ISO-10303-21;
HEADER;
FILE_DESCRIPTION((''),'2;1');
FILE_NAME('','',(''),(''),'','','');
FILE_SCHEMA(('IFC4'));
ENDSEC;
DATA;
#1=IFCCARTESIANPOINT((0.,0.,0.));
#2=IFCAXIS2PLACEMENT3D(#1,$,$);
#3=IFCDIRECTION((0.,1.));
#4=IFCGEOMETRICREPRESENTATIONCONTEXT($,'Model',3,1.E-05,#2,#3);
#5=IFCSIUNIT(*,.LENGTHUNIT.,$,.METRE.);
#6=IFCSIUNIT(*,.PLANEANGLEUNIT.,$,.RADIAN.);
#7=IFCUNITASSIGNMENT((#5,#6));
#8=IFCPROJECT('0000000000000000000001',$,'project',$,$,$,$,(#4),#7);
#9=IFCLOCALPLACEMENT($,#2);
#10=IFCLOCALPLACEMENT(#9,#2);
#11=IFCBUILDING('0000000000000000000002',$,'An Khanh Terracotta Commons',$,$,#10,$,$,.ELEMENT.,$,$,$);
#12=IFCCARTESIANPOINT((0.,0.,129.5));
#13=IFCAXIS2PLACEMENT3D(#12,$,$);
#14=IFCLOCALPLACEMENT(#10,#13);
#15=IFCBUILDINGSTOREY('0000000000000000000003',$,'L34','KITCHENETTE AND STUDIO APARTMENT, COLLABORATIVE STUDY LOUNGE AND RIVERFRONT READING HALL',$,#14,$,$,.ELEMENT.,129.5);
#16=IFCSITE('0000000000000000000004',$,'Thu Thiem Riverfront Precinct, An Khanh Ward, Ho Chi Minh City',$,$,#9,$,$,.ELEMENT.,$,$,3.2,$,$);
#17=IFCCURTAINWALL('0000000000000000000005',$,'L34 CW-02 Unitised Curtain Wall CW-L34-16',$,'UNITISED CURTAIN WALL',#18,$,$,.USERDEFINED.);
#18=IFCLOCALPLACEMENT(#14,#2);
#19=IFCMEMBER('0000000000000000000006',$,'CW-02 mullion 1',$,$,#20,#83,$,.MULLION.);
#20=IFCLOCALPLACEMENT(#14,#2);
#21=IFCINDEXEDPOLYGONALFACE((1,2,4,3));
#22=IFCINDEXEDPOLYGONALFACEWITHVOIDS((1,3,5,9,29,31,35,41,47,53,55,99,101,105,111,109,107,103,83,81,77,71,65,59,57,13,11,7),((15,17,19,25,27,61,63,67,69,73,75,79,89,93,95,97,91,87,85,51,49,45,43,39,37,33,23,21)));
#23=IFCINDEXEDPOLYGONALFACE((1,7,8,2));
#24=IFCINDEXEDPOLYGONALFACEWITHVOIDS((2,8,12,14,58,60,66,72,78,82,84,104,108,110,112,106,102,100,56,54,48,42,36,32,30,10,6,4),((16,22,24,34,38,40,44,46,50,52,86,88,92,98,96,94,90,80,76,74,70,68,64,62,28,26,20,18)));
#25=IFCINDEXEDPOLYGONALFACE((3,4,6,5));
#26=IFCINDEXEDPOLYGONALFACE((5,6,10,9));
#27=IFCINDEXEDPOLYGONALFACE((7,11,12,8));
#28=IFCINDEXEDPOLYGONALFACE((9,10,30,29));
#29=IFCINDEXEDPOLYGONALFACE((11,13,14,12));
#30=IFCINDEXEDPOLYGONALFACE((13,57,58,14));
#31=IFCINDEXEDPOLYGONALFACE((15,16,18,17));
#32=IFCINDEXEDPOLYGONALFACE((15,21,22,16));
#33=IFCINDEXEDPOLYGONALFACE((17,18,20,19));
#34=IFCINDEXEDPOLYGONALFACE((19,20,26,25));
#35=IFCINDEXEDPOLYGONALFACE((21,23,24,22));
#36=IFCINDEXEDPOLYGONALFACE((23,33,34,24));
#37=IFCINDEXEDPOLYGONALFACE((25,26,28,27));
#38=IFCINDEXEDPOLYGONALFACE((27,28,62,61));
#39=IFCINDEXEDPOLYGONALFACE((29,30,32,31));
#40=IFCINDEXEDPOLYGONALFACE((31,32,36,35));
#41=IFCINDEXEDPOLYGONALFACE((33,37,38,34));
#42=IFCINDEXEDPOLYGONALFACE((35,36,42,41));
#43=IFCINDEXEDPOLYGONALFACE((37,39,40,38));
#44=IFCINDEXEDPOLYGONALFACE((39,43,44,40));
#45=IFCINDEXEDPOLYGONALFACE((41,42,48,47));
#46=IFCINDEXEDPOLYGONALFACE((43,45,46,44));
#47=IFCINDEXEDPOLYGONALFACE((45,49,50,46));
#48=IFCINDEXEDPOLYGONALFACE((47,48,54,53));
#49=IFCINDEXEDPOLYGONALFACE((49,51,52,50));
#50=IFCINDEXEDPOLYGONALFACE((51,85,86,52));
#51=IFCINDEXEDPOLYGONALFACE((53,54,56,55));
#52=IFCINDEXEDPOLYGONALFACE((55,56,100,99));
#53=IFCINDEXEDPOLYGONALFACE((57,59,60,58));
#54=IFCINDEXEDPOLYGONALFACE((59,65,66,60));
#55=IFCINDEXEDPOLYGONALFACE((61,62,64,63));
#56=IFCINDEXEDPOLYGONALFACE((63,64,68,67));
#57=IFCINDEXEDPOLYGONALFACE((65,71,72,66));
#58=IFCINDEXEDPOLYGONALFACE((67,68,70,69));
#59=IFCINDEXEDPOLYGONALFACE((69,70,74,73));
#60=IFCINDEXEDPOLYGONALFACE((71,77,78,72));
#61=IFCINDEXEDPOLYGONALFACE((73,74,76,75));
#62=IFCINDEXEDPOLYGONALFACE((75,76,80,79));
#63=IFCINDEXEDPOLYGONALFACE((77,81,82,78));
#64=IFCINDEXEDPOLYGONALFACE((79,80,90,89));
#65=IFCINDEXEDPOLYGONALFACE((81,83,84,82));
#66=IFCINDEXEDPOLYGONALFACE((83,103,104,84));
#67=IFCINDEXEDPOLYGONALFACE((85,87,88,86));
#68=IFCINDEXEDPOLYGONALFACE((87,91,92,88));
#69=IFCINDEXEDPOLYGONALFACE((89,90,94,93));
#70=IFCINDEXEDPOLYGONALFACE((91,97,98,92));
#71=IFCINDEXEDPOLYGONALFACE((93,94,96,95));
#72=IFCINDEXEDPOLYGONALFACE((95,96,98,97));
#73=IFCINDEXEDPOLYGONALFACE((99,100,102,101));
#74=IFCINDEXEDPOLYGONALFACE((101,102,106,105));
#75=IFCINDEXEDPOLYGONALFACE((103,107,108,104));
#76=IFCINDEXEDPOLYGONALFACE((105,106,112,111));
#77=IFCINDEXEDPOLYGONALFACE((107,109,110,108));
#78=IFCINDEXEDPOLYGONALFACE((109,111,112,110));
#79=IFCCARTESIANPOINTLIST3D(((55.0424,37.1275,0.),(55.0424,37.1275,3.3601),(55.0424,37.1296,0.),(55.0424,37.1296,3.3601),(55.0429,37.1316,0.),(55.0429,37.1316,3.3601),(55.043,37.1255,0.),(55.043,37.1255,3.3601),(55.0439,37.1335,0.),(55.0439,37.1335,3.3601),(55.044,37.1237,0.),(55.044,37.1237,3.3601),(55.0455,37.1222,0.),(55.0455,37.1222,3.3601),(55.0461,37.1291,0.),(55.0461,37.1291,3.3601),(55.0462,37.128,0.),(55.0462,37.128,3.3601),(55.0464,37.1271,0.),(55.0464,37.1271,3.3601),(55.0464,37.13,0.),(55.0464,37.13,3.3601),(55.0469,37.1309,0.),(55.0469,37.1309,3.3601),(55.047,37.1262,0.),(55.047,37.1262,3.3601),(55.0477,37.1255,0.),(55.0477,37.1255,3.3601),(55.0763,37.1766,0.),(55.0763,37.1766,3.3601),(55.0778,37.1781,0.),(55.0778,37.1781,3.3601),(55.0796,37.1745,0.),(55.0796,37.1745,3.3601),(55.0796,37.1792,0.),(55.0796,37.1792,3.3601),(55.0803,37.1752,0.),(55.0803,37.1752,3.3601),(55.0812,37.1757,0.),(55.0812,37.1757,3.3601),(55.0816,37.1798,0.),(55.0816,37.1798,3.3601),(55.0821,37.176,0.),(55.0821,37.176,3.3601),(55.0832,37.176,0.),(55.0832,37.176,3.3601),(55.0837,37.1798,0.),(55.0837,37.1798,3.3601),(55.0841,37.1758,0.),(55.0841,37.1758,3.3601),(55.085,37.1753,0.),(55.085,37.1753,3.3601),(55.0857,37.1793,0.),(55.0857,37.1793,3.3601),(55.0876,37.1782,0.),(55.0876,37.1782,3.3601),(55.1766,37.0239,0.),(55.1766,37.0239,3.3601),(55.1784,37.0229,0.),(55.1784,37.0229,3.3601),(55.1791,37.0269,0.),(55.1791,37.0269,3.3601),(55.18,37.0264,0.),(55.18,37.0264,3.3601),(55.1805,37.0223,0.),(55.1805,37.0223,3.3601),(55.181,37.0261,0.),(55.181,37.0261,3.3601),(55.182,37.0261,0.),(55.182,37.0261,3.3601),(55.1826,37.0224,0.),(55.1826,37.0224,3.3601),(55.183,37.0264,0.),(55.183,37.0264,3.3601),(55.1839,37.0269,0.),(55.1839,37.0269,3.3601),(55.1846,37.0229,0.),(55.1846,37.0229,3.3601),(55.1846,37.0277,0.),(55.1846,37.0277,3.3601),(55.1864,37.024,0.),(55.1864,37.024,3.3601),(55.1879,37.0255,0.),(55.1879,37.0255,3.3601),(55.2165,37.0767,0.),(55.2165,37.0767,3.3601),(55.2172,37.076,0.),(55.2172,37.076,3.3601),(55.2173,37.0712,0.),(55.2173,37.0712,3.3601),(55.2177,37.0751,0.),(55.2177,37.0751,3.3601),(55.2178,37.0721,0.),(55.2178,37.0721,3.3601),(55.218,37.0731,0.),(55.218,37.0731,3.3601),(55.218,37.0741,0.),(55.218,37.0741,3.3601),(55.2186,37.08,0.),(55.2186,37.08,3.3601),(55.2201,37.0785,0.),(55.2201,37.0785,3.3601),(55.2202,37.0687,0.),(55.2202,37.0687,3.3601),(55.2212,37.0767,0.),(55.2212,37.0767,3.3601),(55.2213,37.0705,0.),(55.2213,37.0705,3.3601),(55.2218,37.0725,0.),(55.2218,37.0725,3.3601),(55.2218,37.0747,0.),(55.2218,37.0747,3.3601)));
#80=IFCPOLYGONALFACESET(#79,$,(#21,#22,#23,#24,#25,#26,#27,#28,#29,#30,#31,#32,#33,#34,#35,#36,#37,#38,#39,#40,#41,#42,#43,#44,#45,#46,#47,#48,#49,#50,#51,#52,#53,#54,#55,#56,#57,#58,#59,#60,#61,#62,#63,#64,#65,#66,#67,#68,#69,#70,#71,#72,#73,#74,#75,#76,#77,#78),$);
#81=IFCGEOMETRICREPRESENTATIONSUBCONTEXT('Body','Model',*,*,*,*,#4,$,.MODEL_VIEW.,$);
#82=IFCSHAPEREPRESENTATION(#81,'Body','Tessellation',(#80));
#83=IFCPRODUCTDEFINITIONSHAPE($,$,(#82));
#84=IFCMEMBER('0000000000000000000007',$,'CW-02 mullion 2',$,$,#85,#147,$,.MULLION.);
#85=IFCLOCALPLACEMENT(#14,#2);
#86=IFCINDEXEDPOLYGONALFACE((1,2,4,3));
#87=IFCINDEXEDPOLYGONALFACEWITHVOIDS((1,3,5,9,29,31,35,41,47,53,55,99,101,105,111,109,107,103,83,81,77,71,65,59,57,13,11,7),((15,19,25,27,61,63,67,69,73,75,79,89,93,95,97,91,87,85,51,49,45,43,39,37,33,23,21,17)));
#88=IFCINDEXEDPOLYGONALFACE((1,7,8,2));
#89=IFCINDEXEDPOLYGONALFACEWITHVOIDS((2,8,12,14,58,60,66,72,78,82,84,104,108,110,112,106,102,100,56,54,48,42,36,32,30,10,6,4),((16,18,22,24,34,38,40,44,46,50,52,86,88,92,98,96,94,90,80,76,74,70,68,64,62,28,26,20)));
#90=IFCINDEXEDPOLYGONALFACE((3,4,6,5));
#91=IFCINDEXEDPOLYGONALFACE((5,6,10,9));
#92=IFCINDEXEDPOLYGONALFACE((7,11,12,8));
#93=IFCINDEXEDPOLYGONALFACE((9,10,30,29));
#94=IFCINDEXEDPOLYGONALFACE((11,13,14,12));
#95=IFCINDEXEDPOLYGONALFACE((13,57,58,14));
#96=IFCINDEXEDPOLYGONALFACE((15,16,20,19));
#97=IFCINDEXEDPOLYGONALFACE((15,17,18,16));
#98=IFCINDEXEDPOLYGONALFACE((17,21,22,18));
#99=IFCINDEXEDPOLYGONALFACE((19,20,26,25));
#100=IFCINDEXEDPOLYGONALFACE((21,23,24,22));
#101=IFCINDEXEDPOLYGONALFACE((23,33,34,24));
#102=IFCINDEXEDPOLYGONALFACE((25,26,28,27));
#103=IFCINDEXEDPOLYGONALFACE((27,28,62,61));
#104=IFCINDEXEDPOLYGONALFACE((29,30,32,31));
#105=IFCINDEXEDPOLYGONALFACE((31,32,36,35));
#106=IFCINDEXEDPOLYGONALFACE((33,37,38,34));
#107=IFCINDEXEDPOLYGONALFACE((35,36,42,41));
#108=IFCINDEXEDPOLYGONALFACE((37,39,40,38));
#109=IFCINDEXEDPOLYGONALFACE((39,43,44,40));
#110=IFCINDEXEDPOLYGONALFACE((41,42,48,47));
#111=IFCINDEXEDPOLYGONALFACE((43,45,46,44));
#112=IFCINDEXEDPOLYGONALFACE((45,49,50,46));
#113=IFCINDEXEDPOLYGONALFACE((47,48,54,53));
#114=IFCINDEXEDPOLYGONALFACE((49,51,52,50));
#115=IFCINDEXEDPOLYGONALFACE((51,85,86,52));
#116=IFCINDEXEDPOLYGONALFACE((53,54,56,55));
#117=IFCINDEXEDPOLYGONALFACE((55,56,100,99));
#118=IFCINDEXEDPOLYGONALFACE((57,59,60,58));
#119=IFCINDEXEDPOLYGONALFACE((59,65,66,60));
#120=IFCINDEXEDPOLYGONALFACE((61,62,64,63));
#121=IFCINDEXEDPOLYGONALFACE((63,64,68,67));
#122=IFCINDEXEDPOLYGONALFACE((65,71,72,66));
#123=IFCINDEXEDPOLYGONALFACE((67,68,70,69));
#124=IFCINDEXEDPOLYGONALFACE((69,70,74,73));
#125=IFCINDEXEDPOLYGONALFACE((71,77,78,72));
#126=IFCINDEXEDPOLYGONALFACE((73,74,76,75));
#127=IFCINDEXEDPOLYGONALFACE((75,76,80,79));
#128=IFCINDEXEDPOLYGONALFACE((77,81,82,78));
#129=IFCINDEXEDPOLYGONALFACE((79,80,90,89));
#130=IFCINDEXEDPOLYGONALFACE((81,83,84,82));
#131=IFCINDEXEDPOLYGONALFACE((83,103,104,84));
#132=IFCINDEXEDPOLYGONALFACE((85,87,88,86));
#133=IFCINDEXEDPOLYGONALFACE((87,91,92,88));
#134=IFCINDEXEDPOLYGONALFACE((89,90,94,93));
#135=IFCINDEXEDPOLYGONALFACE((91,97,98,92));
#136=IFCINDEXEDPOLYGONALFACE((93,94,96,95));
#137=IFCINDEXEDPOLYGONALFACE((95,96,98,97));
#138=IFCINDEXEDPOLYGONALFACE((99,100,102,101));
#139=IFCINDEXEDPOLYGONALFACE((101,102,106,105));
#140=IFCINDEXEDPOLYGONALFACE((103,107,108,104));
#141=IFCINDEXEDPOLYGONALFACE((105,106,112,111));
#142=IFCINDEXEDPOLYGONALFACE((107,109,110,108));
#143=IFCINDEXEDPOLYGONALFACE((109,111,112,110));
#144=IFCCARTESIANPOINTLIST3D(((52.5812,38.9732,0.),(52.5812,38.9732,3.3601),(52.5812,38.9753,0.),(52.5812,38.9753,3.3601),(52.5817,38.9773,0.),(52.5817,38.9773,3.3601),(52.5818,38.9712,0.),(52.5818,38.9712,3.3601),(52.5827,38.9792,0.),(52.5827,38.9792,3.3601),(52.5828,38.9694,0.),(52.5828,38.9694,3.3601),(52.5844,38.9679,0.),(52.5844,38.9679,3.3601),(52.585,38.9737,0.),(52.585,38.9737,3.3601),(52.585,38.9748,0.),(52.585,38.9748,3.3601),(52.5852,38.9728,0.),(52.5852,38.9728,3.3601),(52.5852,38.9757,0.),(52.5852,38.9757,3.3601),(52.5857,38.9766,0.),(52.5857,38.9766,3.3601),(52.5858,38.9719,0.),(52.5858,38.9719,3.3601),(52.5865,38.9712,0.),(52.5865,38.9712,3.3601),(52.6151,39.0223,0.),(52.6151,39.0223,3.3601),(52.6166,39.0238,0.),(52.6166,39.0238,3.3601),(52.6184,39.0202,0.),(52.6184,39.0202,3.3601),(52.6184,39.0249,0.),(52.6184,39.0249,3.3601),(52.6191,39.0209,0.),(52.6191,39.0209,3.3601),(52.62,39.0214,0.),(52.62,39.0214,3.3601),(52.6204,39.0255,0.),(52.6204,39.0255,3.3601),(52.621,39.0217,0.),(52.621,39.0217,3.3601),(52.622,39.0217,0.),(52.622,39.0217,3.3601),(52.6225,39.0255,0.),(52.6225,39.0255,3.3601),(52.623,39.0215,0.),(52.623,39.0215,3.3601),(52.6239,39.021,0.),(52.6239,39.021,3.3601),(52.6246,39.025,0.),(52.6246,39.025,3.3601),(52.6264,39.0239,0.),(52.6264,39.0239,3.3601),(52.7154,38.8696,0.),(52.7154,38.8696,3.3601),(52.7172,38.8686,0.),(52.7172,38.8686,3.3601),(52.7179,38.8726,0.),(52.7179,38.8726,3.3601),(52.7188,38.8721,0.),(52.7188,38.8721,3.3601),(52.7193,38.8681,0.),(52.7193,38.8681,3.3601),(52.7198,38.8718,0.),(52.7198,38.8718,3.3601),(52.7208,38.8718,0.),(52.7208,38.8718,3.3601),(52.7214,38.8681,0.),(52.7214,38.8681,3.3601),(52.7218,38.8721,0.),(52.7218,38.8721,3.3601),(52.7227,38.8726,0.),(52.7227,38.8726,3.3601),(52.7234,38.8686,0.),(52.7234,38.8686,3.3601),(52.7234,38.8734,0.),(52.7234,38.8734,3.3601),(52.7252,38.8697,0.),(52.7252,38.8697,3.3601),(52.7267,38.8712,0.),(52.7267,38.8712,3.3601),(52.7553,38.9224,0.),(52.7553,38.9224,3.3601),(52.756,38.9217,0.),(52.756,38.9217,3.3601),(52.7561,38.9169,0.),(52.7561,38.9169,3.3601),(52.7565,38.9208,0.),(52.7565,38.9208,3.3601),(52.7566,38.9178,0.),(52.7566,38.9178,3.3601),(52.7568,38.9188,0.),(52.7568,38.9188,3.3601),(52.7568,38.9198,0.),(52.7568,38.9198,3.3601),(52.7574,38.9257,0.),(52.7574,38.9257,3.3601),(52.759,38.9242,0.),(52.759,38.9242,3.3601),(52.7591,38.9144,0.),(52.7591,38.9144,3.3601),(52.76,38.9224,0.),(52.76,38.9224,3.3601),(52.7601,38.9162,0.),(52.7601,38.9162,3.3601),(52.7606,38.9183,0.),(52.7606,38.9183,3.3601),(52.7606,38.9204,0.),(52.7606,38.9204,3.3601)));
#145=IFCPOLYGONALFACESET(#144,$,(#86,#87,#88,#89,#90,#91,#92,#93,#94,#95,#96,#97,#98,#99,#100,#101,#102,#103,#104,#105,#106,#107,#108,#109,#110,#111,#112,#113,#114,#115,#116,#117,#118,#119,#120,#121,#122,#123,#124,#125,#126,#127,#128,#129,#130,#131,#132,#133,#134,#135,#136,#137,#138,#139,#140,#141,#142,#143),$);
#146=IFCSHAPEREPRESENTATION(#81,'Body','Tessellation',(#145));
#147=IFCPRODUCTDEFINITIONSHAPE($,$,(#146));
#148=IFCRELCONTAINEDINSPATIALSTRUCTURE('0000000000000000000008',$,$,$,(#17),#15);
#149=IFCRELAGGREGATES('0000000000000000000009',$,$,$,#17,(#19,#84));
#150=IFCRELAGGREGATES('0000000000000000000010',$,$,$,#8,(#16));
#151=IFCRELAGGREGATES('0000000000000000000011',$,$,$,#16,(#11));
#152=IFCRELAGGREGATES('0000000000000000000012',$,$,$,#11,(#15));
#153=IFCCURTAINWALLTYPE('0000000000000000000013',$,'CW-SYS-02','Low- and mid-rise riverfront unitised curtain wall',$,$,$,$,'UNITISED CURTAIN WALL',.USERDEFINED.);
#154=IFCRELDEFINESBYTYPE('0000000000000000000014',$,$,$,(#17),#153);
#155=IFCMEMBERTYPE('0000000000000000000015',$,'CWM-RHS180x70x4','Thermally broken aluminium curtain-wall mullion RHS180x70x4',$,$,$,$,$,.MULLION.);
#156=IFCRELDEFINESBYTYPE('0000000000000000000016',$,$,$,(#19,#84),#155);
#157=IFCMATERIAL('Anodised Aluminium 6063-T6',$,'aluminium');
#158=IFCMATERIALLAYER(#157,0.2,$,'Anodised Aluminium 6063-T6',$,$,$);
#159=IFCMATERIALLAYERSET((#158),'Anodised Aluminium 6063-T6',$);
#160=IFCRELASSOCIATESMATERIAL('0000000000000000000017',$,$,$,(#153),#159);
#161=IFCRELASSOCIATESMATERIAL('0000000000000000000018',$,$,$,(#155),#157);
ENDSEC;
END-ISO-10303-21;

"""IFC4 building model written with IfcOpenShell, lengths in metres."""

from ifc_helpers import new_model, si_unit, direction, frame, origin, origin_2d, place, context, subcontext, project, spatial, hollow_rectangle, extrude, material, layer, layer_set, material_profile, profile_set, type_object, element, aggregate, save


model = new_model("IFC4")

# Units and contexts
model_context = context("Model", 3, precision=1e-05, world=origin(), true_north=direction((0.0, 1.0)))
body_context = subcontext(model_context, "Body", "Model", "MODEL_VIEW")
ifc_project = project(units=[si_unit("LENGTHUNIT", "METRE"), si_unit("PLANEANGLEUNIT", "RADIAN")], contexts=[model_context])

# Site, building, storey
site_placement = place(None, origin())
site = spatial("IfcSite", under=ifc_project, at=site_placement, Name="Thu Thiem Riverfront Precinct, An Khanh Ward, Ho Chi Minh City", CompositionType="ELEMENT", RefElevation=3.2)
building_placement = place(site_placement, origin())
building = spatial("IfcBuilding", under=site, at=building_placement, Name="An Khanh Terracotta Commons", CompositionType="ELEMENT")
storey_placement = place(building_placement, frame((0.0, 0.0, 129.5)))
storey = spatial("IfcBuildingStorey", under=building, at=storey_placement, Name="L34", Description="KITCHENETTE AND STUDIO APARTMENT, COLLABORATIVE STUDY LOUNGE AND RIVERFRONT READING HALL", CompositionType="ELEMENT", Elevation=129.5)

# Curtain wall, members
ifc_material_1 = material(Name="Anodised Aluminium 6063-T6", Category="aluminium")
ifc_layer_1 = layer(ifc_material_1, 0.2, Name="Anodised Aluminium 6063-T6")
ifc_layer_set_1 = layer_set([ifc_layer_1], Name="Anodised Aluminium 6063-T6")
curtain_wall_type = type_object("IfcCurtainWallType", Name="CW-SYS-02", Description="Low- and mid-rise riverfront unitised curtain wall", ElementType="UNITISED CURTAIN WALL", PredefinedType="USERDEFINED", material=ifc_layer_set_1)
curtain_wall_placement = place(storey_placement, origin())
curtain_wall = element("IfcCurtainWall", 1, at=curtain_wall_placement, inside=storey, type_object=curtain_wall_type, Name="L34 CW-02 Unitised Curtain Wall CW-L34-16", ObjectType="UNITISED CURTAIN WALL", PredefinedType="USERDEFINED")
ifc_material_profile_1 = material_profile(ifc_material_1, hollow_rectangle(XDim=0.0701, YDim=0.1799, WallThickness=0.0039, InnerFilletRadius=0.0039, OuterFilletRadius=0.0081, at=origin_2d()), Name="RHS180x70x4")
ifc_profile_set_1 = profile_set([ifc_material_profile_1], Name="Anodised Aluminium 6063-T6")
member_type_1 = type_object("IfcMemberType", Name="CWM-RHS180x70x4", Description="Thermally broken aluminium curtain-wall mullion RHS180x70x4", PredefinedType="MULLION", material=ifc_profile_set_1)
member_1_placement = place(storey_placement, frame((55.1321, 37.1011, 0.0), z_axis=(0.0, 0.0, 1.0), x_axis=(-0.599983, -0.800013, 0.0)))
member_1 = element("IfcMember", 2, at=member_1_placement, type_object=member_type_1, Name="CW-02 mullion 1", PredefinedType="MULLION", context=body_context, shape_type="SweptSolid", body=[
    extrude(hollow_rectangle(XDim=0.0701, YDim=0.1799, WallThickness=0.0039, InnerFilletRadius=0.0039, OuterFilletRadius=0.0081, at=origin_2d()), origin(), (0.0, 0.0, 1.0), 3.3601),
])
member_2_placement = place(storey_placement, frame((52.6709, 38.9468, 0.0), z_axis=(0.0, 0.0, 1.0), x_axis=(-0.599983, -0.800013, 0.0)))
member_2 = element("IfcMember", 3, at=member_2_placement, type_object=member_type_1, Name="CW-02 mullion 2", PredefinedType="MULLION", context=body_context, shape_type="SweptSolid", body=[
    extrude(hollow_rectangle(XDim=0.0701, YDim=0.1799, WallThickness=0.0039, InnerFilletRadius=0.0039, OuterFilletRadius=0.0081, at=origin_2d()), origin(), (0.0, 0.0, 1.0), 3.3601),
])
aggregate(curtain_wall, [member_1, member_2])

save(model, "model.ifc")
